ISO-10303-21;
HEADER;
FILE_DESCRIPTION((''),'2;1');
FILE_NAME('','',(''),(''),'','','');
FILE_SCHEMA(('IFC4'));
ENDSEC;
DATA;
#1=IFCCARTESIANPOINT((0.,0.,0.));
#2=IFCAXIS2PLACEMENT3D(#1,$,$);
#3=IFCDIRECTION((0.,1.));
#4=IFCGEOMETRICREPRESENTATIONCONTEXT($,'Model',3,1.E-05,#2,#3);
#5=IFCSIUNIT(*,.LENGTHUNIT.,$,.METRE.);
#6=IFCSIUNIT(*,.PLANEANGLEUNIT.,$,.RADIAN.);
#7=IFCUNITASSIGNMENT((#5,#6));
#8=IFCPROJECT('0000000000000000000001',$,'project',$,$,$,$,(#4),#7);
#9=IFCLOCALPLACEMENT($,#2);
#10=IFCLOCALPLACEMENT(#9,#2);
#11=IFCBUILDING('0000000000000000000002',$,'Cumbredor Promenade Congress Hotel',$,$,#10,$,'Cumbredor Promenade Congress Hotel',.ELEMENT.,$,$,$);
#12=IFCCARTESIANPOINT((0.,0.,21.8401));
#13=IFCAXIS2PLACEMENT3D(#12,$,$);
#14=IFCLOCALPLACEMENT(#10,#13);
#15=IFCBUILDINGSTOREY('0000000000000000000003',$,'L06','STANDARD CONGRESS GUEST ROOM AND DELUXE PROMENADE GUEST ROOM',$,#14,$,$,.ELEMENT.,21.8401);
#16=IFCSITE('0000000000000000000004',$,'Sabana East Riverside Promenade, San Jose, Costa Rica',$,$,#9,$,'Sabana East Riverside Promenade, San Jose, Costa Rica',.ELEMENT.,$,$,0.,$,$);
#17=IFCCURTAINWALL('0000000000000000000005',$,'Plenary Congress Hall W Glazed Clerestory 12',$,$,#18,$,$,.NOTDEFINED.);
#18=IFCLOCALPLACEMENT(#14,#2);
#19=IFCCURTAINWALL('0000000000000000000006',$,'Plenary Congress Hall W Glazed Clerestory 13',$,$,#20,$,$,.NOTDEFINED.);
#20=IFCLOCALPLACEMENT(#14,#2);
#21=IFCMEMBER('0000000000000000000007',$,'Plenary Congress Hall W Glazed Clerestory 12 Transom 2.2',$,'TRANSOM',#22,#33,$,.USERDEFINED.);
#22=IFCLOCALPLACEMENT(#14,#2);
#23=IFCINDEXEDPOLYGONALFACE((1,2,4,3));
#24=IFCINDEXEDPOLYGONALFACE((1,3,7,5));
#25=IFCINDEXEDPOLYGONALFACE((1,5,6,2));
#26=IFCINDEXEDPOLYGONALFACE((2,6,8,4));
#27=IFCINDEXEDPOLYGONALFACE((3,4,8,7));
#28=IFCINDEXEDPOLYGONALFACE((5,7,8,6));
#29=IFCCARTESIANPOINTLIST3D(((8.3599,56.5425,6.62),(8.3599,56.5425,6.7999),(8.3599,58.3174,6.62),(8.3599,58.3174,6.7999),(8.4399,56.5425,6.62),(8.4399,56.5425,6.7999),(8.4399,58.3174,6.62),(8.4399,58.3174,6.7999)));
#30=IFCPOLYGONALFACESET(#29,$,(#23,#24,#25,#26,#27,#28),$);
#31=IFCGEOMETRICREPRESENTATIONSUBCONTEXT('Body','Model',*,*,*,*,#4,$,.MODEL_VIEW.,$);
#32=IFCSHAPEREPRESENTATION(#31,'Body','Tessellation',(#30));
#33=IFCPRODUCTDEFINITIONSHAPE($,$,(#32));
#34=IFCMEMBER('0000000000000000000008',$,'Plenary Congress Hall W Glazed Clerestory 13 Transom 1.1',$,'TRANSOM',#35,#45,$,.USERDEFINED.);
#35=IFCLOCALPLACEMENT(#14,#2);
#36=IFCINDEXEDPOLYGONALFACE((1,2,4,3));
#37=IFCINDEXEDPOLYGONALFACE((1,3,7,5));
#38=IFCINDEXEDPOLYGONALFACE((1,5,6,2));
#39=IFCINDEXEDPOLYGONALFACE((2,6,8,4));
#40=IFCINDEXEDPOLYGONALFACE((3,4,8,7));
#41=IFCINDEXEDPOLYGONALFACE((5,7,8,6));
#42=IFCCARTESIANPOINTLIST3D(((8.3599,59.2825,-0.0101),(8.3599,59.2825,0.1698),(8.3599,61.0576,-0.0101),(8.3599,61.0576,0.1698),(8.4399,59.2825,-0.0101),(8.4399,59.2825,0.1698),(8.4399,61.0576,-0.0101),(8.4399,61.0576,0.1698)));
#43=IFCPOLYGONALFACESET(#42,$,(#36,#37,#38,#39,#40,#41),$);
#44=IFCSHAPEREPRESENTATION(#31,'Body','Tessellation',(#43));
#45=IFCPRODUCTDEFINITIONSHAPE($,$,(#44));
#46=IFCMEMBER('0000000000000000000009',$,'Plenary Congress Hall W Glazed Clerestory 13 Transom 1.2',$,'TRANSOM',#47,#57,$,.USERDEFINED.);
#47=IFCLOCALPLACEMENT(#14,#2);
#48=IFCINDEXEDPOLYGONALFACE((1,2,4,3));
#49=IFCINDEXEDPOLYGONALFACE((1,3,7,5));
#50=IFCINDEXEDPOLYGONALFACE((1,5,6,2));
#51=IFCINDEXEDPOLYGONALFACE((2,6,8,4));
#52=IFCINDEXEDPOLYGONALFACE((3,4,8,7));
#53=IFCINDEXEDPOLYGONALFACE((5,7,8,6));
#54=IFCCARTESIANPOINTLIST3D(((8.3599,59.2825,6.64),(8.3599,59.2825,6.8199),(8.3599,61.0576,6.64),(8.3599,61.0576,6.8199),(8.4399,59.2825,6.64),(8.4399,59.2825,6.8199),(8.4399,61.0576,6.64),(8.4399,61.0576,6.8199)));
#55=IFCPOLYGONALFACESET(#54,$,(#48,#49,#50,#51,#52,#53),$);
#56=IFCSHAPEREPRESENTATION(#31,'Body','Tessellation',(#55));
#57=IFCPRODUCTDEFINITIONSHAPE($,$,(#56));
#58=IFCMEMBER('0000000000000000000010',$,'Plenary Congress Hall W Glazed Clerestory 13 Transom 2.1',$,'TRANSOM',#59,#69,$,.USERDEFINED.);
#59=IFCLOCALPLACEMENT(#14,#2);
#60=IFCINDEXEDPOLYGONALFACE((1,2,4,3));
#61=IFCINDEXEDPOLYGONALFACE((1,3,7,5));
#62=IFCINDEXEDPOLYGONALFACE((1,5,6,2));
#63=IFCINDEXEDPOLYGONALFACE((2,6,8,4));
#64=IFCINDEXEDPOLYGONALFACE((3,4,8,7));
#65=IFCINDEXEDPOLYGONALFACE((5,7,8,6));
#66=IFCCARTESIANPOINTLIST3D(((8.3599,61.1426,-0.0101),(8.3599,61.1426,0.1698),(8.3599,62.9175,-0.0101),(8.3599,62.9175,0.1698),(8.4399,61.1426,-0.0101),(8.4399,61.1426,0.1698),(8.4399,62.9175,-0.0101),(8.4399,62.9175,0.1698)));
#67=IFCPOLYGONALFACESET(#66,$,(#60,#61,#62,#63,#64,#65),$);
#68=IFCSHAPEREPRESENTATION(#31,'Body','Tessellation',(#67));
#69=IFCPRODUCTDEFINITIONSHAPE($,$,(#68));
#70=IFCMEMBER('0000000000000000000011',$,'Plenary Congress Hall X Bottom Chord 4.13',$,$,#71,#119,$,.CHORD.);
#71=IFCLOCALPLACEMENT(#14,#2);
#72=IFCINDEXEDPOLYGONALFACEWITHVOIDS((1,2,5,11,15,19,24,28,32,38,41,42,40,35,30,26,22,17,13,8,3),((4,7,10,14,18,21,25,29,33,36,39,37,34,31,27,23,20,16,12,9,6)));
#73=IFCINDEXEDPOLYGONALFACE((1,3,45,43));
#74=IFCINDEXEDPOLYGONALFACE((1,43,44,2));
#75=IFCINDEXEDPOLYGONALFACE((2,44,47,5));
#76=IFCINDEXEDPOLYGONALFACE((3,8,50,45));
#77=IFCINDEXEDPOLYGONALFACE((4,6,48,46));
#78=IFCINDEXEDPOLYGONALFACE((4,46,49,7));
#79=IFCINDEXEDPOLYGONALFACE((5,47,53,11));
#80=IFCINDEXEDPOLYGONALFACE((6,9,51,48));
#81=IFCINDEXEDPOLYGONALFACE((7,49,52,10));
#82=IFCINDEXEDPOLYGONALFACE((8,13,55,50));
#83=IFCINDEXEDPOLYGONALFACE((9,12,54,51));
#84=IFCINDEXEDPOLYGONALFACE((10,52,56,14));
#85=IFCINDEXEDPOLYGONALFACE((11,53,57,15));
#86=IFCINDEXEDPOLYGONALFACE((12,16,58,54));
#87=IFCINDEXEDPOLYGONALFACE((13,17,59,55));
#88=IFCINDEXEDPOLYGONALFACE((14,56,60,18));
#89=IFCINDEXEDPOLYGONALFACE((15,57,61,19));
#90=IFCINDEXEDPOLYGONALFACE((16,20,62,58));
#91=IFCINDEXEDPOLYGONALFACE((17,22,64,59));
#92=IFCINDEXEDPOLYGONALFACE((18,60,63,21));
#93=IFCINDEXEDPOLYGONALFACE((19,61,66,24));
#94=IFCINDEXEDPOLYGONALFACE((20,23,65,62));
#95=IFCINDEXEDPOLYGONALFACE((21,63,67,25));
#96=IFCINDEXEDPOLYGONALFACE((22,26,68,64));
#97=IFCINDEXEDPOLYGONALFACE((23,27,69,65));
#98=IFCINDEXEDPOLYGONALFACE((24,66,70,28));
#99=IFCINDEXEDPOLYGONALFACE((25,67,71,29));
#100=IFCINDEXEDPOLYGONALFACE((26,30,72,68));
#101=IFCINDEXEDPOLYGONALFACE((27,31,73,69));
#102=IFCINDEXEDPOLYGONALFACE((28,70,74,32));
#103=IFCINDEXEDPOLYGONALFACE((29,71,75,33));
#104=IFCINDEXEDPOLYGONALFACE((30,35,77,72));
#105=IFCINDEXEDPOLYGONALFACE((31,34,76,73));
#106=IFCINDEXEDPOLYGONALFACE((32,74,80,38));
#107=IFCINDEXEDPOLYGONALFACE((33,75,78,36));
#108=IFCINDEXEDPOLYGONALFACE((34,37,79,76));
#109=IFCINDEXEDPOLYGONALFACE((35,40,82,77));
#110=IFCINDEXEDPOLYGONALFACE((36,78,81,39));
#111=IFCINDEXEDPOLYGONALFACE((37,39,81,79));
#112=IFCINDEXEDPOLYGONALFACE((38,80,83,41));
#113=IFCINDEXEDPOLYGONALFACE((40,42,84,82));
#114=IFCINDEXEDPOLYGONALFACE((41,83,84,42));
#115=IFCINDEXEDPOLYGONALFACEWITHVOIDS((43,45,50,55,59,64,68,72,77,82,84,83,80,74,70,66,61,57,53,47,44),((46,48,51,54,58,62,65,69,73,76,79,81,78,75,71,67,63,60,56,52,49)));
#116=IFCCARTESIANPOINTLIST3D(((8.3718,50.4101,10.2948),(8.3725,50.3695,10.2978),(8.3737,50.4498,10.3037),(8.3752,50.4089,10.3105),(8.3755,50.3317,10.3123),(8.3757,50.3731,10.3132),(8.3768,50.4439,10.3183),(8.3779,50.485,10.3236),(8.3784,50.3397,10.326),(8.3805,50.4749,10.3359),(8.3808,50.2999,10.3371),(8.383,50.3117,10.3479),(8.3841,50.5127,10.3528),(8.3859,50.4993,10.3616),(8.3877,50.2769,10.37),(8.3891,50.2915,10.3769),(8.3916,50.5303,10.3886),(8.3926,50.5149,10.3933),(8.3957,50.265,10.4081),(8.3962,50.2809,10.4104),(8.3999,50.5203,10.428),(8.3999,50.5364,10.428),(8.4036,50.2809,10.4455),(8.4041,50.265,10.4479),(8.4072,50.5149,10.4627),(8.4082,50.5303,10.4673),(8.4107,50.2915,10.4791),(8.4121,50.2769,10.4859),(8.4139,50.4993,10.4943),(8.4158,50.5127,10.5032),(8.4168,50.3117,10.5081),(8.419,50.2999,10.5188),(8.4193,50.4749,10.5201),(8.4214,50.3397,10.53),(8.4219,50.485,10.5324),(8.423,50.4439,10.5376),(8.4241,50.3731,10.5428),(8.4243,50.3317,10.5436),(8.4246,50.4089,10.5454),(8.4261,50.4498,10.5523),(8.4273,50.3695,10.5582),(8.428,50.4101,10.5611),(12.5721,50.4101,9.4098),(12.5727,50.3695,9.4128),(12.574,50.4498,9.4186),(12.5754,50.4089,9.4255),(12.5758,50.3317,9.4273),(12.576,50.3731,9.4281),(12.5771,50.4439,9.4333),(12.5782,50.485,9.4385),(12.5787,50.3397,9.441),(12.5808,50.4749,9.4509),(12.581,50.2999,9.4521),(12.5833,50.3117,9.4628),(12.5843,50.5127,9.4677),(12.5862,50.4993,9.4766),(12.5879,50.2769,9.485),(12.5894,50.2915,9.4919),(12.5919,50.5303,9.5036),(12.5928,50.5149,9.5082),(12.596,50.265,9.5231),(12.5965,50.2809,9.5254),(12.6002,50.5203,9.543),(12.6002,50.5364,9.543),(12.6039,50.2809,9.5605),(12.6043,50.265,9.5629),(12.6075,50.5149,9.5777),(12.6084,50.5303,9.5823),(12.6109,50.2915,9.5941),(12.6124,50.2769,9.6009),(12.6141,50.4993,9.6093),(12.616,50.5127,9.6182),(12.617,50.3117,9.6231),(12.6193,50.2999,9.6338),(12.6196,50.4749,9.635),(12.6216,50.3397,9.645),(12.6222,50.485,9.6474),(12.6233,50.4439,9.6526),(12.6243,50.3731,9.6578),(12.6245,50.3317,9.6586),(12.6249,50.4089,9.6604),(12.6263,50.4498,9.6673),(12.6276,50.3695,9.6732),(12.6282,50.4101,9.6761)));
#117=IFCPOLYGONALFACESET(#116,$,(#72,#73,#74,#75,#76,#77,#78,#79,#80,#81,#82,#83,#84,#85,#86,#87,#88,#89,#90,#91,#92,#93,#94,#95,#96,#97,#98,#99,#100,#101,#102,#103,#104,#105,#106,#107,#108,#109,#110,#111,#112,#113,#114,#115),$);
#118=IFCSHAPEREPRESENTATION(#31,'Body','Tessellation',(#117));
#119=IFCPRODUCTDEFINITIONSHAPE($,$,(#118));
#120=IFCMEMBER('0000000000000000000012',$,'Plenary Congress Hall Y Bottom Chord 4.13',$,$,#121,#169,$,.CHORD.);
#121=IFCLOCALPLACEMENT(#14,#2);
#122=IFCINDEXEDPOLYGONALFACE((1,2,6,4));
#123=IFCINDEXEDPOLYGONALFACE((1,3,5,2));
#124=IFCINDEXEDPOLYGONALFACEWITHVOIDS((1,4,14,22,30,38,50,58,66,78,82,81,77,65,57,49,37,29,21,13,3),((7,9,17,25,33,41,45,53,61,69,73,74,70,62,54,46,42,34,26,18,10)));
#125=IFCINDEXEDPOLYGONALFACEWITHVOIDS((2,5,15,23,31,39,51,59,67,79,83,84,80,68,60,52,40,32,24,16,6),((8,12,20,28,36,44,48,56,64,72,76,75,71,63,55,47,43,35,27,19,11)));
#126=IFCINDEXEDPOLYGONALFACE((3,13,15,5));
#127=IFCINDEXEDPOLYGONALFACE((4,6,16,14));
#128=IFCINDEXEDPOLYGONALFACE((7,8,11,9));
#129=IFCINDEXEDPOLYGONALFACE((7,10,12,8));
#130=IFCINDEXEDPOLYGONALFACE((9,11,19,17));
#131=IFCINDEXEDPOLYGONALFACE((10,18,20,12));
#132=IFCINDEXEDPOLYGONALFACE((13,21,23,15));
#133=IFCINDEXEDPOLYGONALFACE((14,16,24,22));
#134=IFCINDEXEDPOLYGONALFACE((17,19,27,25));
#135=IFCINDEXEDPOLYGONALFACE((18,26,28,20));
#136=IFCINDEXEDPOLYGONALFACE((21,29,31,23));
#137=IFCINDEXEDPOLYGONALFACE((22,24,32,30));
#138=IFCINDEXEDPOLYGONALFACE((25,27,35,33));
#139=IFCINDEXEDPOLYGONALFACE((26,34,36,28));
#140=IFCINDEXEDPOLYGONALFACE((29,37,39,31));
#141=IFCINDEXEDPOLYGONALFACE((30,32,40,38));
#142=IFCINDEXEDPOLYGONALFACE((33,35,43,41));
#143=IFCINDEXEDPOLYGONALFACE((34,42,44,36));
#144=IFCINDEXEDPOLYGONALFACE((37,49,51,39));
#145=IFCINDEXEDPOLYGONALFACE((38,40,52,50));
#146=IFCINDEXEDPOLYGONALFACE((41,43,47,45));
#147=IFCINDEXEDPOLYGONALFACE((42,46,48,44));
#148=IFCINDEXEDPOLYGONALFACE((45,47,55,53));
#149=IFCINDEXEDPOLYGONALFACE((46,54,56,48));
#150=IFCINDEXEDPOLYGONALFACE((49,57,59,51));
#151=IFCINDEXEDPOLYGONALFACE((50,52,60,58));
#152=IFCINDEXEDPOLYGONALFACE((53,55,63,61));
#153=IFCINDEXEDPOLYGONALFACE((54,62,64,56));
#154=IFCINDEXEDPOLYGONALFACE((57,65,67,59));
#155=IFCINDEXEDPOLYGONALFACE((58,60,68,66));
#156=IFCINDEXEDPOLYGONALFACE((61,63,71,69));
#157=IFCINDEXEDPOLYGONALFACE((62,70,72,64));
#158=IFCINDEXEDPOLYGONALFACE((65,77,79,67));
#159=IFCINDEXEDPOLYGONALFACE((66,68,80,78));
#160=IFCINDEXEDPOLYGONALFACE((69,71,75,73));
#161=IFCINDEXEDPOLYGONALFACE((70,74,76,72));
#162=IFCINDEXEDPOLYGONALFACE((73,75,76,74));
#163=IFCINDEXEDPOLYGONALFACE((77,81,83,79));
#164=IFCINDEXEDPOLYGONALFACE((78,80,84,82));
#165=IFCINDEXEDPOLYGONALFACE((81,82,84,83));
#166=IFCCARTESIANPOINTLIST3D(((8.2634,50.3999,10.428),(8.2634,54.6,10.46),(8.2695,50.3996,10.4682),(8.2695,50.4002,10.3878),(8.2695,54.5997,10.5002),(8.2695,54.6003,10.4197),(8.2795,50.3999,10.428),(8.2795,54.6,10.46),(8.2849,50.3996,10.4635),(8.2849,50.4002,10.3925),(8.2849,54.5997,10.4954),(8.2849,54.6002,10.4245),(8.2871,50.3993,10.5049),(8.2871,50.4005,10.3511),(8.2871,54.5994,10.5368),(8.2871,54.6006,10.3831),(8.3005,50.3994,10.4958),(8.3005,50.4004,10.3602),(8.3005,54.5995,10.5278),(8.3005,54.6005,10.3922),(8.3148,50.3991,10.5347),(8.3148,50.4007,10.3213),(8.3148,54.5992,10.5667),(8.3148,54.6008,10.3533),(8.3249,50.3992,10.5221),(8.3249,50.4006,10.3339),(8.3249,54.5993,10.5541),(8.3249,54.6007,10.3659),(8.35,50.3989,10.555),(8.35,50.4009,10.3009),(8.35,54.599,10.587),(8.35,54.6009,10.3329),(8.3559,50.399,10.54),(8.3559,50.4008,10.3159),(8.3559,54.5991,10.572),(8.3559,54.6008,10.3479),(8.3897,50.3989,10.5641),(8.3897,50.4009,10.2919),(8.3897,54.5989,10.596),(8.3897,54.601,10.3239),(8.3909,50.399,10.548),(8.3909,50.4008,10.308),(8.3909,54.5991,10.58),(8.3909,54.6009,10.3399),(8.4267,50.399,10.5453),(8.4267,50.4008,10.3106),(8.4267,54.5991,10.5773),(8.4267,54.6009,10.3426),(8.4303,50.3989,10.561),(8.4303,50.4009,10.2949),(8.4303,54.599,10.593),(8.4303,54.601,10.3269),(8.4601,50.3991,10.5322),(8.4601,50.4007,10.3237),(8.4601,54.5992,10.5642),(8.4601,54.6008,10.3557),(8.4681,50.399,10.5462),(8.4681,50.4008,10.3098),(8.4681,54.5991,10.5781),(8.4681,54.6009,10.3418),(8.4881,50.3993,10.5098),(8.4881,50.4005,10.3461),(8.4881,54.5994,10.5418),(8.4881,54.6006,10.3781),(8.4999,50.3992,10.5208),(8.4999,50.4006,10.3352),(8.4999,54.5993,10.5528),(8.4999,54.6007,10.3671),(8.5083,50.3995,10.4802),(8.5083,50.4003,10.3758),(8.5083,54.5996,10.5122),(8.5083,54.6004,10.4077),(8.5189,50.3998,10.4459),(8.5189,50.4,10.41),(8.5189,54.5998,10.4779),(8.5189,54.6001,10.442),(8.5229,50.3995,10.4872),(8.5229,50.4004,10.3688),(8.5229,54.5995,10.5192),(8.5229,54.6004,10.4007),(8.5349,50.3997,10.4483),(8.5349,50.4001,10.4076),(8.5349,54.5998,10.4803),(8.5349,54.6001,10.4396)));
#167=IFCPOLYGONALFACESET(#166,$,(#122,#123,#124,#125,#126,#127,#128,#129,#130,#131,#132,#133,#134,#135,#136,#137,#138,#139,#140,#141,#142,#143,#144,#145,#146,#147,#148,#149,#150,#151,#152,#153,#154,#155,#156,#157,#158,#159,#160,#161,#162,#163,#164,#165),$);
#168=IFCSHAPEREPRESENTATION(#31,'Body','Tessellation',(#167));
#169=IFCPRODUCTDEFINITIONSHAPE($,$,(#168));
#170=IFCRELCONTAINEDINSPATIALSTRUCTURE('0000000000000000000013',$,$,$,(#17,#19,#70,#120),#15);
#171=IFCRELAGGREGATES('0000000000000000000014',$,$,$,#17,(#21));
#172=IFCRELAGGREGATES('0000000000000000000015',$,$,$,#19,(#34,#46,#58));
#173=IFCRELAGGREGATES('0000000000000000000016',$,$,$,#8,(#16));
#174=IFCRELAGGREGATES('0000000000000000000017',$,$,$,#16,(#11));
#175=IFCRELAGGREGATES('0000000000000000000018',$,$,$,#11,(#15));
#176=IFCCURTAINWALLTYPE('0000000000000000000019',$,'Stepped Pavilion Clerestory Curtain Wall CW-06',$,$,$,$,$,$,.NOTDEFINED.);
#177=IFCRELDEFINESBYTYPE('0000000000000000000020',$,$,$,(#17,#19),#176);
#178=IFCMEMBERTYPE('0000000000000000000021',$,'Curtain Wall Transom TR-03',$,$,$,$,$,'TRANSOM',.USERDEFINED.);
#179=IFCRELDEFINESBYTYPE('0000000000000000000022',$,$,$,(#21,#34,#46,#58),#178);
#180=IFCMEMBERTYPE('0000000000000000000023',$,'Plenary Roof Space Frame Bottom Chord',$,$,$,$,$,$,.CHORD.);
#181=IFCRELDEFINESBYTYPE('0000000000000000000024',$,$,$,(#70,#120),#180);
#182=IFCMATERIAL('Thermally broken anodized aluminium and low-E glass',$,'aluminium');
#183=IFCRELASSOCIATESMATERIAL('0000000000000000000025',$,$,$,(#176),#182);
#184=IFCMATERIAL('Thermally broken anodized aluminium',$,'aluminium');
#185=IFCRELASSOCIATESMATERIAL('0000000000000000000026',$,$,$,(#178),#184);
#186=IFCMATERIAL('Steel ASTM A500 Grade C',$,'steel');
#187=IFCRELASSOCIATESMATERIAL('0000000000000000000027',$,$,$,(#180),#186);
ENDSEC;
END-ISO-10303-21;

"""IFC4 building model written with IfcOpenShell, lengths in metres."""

from ifc_helpers import new_model, si_unit, direction, frame, origin, origin_2d, place, context, subcontext, project, spatial, rectangle, hollow_circle, extrude, material, material_profile, profile_set, type_object, element, aggregate, save


model = new_model("IFC4")

# Units and contexts
model_context = context("Model", 3, precision=1e-05, world=origin(), true_north=direction((0.0, 1.0)))
body_context = subcontext(model_context, "Body", "Model", "MODEL_VIEW")
ifc_project = project(units=[si_unit("LENGTHUNIT", "METRE"), si_unit("PLANEANGLEUNIT", "RADIAN")], contexts=[model_context])

# Site, building, storey
site_placement = place(None, origin())
site = spatial("IfcSite", under=ifc_project, at=site_placement, Name="Sabana East Riverside Promenade, San Jose, Costa Rica", LongName="Sabana East Riverside Promenade, San Jose, Costa Rica", CompositionType="ELEMENT", RefElevation=0.0)
building_placement = place(site_placement, origin())
building = spatial("IfcBuilding", under=site, at=building_placement, Name="Cumbredor Promenade Congress Hotel", LongName="Cumbredor Promenade Congress Hotel", CompositionType="ELEMENT")
storey_placement = place(building_placement, frame((0.0, 0.0, 21.8401)))
storey = spatial("IfcBuildingStorey", under=building, at=storey_placement, Name="L06", Description="STANDARD CONGRESS GUEST ROOM AND DELUXE PROMENADE GUEST ROOM", CompositionType="ELEMENT", Elevation=21.8401)

# Curtain walls
ifc_material_1 = material(Name="Thermally broken anodized aluminium and low-E glass", Category="aluminium")
curtain_wall_type = type_object("IfcCurtainWallType", Name="Stepped Pavilion Clerestory Curtain Wall CW-06", PredefinedType="NOTDEFINED", material=ifc_material_1)
ifc_material_2 = material(Name="Thermally broken anodized aluminium", Category="aluminium")
curtain_wall_1_placement = place(storey_placement, origin())
curtain_wall_1 = element("IfcCurtainWall", 1, at=curtain_wall_1_placement, inside=storey, type_object=curtain_wall_type, Name="Plenary Congress Hall W Glazed Clerestory 12", PredefinedType="NOTDEFINED")
curtain_wall_2_placement = place(storey_placement, origin())
curtain_wall_2 = element("IfcCurtainWall", 2, at=curtain_wall_2_placement, inside=storey, type_object=curtain_wall_type, Name="Plenary Congress Hall W Glazed Clerestory 13", PredefinedType="NOTDEFINED")

# Members
ifc_material_profile_1 = material_profile(ifc_material_2, rectangle(XDim=0.0801, YDim=0.1799, at=origin_2d()), Name="ALU TRANSOM 80x180")
ifc_profile_set_1 = profile_set([ifc_material_profile_1], Name="Thermally broken anodized aluminium")
member_type_1 = type_object("IfcMemberType", Name="Curtain Wall Transom TR-03", ElementType="TRANSOM", PredefinedType="USERDEFINED", material=ifc_profile_set_1)
member_1_placement = place(storey_placement, frame((8.3999, 56.5425, 6.71), z_axis=(0.0, 1.0, 0.0), x_axis=(-1.0, 0.0, 0.0)))
member_1 = element("IfcMember", 3, at=member_1_placement, type_object=member_type_1, Name="Plenary Congress Hall W Glazed Clerestory 12 Transom 2.2", ObjectType="TRANSOM", PredefinedType="USERDEFINED", context=body_context, shape_type="SweptSolid", body=[
    extrude(rectangle(XDim=0.0801, YDim=0.1799, at=origin_2d()), origin(), (0.0, 0.0, 1.0), 1.7749),
])
member_2_placement = place(storey_placement, frame((8.3999, 59.2825, 0.0798), z_axis=(0.0, 1.0, 0.0), x_axis=(-1.0, 0.0, 0.0)))
member_2 = element("IfcMember", 4, at=member_2_placement, type_object=member_type_1, Name="Plenary Congress Hall W Glazed Clerestory 13 Transom 1.1", ObjectType="TRANSOM", PredefinedType="USERDEFINED", context=body_context, shape_type="SweptSolid", body=[
    extrude(rectangle(XDim=0.0801, YDim=0.1799, at=origin_2d()), origin(), (0.0, 0.0, 1.0), 1.7751),
])
member_3_placement = place(storey_placement, frame((8.3999, 59.2825, 6.73), z_axis=(0.0, 1.0, 0.0), x_axis=(-1.0, 0.0, 0.0)))
member_3 = element("IfcMember", 5, at=member_3_placement, type_object=member_type_1, Name="Plenary Congress Hall W Glazed Clerestory 13 Transom 1.2", ObjectType="TRANSOM", PredefinedType="USERDEFINED", context=body_context, shape_type="SweptSolid", body=[
    extrude(rectangle(XDim=0.0801, YDim=0.1799, at=origin_2d()), origin(), (0.0, 0.0, 1.0), 1.7751),
])
member_4_placement = place(storey_placement, frame((8.3999, 61.1426, 0.0798), z_axis=(0.0, 1.0, 0.0), x_axis=(-1.0, 0.0, 0.0)))
member_4 = element("IfcMember", 6, at=member_4_placement, type_object=member_type_1, Name="Plenary Congress Hall W Glazed Clerestory 13 Transom 2.1", ObjectType="TRANSOM", PredefinedType="USERDEFINED", context=body_context, shape_type="SweptSolid", body=[
    extrude(rectangle(XDim=0.0801, YDim=0.1799, at=origin_2d()), origin(), (0.0, 0.0, 1.0), 1.7749),
])

# Members
ifc_material_3 = material(Name="Steel ASTM A500 Grade C", Category="steel")
ifc_material_profile_2 = material_profile(ifc_material_3, hollow_circle(Radius=0.1365, WallThickness=0.0161, at=origin_2d()), Name="CHS 273.0x16")
ifc_profile_set_2 = profile_set([ifc_material_profile_2], Name="Steel ASTM A500 Grade C")
member_type_2 = type_object("IfcMemberType", Name="Plenary Roof Space Frame Bottom Chord", PredefinedType="CHORD", material=ifc_profile_set_2)
member_5_placement = place(storey_placement, frame((8.3999, 50.3999, 10.428), z_axis=(0.978514, 0.0, -0.20618), x_axis=(0.0, 1.0, 0.0)))
element("IfcMember", 7, at=member_5_placement, inside=storey, type_object=member_type_2, Name="Plenary Congress Hall X Bottom Chord 4.13", PredefinedType="CHORD", context=body_context, shape_type="SweptSolid", body=[
    extrude(hollow_circle(Radius=0.1365, WallThickness=0.0161, at=origin_2d()), origin(), (0.0, 0.0, 1.0), 4.2925),
])
member_6_placement = place(storey_placement, frame((8.3999, 50.3999, 10.428), z_axis=(0.0, 0.999971, 0.007614), x_axis=(-1.0, 0.0, 0.0)))
element("IfcMember", 8, at=member_6_placement, inside=storey, type_object=member_type_2, Name="Plenary Congress Hall Y Bottom Chord 4.13", PredefinedType="CHORD", context=body_context, shape_type="SweptSolid", body=[
    extrude(hollow_circle(Radius=0.1365, WallThickness=0.0161, at=origin_2d()), origin(), (0.0, 0.0, 1.0), 4.2002),
])

aggregate(curtain_wall_1, [member_1])
aggregate(curtain_wall_2, [member_2, member_3, member_4])

save(model, "model.ifc")
